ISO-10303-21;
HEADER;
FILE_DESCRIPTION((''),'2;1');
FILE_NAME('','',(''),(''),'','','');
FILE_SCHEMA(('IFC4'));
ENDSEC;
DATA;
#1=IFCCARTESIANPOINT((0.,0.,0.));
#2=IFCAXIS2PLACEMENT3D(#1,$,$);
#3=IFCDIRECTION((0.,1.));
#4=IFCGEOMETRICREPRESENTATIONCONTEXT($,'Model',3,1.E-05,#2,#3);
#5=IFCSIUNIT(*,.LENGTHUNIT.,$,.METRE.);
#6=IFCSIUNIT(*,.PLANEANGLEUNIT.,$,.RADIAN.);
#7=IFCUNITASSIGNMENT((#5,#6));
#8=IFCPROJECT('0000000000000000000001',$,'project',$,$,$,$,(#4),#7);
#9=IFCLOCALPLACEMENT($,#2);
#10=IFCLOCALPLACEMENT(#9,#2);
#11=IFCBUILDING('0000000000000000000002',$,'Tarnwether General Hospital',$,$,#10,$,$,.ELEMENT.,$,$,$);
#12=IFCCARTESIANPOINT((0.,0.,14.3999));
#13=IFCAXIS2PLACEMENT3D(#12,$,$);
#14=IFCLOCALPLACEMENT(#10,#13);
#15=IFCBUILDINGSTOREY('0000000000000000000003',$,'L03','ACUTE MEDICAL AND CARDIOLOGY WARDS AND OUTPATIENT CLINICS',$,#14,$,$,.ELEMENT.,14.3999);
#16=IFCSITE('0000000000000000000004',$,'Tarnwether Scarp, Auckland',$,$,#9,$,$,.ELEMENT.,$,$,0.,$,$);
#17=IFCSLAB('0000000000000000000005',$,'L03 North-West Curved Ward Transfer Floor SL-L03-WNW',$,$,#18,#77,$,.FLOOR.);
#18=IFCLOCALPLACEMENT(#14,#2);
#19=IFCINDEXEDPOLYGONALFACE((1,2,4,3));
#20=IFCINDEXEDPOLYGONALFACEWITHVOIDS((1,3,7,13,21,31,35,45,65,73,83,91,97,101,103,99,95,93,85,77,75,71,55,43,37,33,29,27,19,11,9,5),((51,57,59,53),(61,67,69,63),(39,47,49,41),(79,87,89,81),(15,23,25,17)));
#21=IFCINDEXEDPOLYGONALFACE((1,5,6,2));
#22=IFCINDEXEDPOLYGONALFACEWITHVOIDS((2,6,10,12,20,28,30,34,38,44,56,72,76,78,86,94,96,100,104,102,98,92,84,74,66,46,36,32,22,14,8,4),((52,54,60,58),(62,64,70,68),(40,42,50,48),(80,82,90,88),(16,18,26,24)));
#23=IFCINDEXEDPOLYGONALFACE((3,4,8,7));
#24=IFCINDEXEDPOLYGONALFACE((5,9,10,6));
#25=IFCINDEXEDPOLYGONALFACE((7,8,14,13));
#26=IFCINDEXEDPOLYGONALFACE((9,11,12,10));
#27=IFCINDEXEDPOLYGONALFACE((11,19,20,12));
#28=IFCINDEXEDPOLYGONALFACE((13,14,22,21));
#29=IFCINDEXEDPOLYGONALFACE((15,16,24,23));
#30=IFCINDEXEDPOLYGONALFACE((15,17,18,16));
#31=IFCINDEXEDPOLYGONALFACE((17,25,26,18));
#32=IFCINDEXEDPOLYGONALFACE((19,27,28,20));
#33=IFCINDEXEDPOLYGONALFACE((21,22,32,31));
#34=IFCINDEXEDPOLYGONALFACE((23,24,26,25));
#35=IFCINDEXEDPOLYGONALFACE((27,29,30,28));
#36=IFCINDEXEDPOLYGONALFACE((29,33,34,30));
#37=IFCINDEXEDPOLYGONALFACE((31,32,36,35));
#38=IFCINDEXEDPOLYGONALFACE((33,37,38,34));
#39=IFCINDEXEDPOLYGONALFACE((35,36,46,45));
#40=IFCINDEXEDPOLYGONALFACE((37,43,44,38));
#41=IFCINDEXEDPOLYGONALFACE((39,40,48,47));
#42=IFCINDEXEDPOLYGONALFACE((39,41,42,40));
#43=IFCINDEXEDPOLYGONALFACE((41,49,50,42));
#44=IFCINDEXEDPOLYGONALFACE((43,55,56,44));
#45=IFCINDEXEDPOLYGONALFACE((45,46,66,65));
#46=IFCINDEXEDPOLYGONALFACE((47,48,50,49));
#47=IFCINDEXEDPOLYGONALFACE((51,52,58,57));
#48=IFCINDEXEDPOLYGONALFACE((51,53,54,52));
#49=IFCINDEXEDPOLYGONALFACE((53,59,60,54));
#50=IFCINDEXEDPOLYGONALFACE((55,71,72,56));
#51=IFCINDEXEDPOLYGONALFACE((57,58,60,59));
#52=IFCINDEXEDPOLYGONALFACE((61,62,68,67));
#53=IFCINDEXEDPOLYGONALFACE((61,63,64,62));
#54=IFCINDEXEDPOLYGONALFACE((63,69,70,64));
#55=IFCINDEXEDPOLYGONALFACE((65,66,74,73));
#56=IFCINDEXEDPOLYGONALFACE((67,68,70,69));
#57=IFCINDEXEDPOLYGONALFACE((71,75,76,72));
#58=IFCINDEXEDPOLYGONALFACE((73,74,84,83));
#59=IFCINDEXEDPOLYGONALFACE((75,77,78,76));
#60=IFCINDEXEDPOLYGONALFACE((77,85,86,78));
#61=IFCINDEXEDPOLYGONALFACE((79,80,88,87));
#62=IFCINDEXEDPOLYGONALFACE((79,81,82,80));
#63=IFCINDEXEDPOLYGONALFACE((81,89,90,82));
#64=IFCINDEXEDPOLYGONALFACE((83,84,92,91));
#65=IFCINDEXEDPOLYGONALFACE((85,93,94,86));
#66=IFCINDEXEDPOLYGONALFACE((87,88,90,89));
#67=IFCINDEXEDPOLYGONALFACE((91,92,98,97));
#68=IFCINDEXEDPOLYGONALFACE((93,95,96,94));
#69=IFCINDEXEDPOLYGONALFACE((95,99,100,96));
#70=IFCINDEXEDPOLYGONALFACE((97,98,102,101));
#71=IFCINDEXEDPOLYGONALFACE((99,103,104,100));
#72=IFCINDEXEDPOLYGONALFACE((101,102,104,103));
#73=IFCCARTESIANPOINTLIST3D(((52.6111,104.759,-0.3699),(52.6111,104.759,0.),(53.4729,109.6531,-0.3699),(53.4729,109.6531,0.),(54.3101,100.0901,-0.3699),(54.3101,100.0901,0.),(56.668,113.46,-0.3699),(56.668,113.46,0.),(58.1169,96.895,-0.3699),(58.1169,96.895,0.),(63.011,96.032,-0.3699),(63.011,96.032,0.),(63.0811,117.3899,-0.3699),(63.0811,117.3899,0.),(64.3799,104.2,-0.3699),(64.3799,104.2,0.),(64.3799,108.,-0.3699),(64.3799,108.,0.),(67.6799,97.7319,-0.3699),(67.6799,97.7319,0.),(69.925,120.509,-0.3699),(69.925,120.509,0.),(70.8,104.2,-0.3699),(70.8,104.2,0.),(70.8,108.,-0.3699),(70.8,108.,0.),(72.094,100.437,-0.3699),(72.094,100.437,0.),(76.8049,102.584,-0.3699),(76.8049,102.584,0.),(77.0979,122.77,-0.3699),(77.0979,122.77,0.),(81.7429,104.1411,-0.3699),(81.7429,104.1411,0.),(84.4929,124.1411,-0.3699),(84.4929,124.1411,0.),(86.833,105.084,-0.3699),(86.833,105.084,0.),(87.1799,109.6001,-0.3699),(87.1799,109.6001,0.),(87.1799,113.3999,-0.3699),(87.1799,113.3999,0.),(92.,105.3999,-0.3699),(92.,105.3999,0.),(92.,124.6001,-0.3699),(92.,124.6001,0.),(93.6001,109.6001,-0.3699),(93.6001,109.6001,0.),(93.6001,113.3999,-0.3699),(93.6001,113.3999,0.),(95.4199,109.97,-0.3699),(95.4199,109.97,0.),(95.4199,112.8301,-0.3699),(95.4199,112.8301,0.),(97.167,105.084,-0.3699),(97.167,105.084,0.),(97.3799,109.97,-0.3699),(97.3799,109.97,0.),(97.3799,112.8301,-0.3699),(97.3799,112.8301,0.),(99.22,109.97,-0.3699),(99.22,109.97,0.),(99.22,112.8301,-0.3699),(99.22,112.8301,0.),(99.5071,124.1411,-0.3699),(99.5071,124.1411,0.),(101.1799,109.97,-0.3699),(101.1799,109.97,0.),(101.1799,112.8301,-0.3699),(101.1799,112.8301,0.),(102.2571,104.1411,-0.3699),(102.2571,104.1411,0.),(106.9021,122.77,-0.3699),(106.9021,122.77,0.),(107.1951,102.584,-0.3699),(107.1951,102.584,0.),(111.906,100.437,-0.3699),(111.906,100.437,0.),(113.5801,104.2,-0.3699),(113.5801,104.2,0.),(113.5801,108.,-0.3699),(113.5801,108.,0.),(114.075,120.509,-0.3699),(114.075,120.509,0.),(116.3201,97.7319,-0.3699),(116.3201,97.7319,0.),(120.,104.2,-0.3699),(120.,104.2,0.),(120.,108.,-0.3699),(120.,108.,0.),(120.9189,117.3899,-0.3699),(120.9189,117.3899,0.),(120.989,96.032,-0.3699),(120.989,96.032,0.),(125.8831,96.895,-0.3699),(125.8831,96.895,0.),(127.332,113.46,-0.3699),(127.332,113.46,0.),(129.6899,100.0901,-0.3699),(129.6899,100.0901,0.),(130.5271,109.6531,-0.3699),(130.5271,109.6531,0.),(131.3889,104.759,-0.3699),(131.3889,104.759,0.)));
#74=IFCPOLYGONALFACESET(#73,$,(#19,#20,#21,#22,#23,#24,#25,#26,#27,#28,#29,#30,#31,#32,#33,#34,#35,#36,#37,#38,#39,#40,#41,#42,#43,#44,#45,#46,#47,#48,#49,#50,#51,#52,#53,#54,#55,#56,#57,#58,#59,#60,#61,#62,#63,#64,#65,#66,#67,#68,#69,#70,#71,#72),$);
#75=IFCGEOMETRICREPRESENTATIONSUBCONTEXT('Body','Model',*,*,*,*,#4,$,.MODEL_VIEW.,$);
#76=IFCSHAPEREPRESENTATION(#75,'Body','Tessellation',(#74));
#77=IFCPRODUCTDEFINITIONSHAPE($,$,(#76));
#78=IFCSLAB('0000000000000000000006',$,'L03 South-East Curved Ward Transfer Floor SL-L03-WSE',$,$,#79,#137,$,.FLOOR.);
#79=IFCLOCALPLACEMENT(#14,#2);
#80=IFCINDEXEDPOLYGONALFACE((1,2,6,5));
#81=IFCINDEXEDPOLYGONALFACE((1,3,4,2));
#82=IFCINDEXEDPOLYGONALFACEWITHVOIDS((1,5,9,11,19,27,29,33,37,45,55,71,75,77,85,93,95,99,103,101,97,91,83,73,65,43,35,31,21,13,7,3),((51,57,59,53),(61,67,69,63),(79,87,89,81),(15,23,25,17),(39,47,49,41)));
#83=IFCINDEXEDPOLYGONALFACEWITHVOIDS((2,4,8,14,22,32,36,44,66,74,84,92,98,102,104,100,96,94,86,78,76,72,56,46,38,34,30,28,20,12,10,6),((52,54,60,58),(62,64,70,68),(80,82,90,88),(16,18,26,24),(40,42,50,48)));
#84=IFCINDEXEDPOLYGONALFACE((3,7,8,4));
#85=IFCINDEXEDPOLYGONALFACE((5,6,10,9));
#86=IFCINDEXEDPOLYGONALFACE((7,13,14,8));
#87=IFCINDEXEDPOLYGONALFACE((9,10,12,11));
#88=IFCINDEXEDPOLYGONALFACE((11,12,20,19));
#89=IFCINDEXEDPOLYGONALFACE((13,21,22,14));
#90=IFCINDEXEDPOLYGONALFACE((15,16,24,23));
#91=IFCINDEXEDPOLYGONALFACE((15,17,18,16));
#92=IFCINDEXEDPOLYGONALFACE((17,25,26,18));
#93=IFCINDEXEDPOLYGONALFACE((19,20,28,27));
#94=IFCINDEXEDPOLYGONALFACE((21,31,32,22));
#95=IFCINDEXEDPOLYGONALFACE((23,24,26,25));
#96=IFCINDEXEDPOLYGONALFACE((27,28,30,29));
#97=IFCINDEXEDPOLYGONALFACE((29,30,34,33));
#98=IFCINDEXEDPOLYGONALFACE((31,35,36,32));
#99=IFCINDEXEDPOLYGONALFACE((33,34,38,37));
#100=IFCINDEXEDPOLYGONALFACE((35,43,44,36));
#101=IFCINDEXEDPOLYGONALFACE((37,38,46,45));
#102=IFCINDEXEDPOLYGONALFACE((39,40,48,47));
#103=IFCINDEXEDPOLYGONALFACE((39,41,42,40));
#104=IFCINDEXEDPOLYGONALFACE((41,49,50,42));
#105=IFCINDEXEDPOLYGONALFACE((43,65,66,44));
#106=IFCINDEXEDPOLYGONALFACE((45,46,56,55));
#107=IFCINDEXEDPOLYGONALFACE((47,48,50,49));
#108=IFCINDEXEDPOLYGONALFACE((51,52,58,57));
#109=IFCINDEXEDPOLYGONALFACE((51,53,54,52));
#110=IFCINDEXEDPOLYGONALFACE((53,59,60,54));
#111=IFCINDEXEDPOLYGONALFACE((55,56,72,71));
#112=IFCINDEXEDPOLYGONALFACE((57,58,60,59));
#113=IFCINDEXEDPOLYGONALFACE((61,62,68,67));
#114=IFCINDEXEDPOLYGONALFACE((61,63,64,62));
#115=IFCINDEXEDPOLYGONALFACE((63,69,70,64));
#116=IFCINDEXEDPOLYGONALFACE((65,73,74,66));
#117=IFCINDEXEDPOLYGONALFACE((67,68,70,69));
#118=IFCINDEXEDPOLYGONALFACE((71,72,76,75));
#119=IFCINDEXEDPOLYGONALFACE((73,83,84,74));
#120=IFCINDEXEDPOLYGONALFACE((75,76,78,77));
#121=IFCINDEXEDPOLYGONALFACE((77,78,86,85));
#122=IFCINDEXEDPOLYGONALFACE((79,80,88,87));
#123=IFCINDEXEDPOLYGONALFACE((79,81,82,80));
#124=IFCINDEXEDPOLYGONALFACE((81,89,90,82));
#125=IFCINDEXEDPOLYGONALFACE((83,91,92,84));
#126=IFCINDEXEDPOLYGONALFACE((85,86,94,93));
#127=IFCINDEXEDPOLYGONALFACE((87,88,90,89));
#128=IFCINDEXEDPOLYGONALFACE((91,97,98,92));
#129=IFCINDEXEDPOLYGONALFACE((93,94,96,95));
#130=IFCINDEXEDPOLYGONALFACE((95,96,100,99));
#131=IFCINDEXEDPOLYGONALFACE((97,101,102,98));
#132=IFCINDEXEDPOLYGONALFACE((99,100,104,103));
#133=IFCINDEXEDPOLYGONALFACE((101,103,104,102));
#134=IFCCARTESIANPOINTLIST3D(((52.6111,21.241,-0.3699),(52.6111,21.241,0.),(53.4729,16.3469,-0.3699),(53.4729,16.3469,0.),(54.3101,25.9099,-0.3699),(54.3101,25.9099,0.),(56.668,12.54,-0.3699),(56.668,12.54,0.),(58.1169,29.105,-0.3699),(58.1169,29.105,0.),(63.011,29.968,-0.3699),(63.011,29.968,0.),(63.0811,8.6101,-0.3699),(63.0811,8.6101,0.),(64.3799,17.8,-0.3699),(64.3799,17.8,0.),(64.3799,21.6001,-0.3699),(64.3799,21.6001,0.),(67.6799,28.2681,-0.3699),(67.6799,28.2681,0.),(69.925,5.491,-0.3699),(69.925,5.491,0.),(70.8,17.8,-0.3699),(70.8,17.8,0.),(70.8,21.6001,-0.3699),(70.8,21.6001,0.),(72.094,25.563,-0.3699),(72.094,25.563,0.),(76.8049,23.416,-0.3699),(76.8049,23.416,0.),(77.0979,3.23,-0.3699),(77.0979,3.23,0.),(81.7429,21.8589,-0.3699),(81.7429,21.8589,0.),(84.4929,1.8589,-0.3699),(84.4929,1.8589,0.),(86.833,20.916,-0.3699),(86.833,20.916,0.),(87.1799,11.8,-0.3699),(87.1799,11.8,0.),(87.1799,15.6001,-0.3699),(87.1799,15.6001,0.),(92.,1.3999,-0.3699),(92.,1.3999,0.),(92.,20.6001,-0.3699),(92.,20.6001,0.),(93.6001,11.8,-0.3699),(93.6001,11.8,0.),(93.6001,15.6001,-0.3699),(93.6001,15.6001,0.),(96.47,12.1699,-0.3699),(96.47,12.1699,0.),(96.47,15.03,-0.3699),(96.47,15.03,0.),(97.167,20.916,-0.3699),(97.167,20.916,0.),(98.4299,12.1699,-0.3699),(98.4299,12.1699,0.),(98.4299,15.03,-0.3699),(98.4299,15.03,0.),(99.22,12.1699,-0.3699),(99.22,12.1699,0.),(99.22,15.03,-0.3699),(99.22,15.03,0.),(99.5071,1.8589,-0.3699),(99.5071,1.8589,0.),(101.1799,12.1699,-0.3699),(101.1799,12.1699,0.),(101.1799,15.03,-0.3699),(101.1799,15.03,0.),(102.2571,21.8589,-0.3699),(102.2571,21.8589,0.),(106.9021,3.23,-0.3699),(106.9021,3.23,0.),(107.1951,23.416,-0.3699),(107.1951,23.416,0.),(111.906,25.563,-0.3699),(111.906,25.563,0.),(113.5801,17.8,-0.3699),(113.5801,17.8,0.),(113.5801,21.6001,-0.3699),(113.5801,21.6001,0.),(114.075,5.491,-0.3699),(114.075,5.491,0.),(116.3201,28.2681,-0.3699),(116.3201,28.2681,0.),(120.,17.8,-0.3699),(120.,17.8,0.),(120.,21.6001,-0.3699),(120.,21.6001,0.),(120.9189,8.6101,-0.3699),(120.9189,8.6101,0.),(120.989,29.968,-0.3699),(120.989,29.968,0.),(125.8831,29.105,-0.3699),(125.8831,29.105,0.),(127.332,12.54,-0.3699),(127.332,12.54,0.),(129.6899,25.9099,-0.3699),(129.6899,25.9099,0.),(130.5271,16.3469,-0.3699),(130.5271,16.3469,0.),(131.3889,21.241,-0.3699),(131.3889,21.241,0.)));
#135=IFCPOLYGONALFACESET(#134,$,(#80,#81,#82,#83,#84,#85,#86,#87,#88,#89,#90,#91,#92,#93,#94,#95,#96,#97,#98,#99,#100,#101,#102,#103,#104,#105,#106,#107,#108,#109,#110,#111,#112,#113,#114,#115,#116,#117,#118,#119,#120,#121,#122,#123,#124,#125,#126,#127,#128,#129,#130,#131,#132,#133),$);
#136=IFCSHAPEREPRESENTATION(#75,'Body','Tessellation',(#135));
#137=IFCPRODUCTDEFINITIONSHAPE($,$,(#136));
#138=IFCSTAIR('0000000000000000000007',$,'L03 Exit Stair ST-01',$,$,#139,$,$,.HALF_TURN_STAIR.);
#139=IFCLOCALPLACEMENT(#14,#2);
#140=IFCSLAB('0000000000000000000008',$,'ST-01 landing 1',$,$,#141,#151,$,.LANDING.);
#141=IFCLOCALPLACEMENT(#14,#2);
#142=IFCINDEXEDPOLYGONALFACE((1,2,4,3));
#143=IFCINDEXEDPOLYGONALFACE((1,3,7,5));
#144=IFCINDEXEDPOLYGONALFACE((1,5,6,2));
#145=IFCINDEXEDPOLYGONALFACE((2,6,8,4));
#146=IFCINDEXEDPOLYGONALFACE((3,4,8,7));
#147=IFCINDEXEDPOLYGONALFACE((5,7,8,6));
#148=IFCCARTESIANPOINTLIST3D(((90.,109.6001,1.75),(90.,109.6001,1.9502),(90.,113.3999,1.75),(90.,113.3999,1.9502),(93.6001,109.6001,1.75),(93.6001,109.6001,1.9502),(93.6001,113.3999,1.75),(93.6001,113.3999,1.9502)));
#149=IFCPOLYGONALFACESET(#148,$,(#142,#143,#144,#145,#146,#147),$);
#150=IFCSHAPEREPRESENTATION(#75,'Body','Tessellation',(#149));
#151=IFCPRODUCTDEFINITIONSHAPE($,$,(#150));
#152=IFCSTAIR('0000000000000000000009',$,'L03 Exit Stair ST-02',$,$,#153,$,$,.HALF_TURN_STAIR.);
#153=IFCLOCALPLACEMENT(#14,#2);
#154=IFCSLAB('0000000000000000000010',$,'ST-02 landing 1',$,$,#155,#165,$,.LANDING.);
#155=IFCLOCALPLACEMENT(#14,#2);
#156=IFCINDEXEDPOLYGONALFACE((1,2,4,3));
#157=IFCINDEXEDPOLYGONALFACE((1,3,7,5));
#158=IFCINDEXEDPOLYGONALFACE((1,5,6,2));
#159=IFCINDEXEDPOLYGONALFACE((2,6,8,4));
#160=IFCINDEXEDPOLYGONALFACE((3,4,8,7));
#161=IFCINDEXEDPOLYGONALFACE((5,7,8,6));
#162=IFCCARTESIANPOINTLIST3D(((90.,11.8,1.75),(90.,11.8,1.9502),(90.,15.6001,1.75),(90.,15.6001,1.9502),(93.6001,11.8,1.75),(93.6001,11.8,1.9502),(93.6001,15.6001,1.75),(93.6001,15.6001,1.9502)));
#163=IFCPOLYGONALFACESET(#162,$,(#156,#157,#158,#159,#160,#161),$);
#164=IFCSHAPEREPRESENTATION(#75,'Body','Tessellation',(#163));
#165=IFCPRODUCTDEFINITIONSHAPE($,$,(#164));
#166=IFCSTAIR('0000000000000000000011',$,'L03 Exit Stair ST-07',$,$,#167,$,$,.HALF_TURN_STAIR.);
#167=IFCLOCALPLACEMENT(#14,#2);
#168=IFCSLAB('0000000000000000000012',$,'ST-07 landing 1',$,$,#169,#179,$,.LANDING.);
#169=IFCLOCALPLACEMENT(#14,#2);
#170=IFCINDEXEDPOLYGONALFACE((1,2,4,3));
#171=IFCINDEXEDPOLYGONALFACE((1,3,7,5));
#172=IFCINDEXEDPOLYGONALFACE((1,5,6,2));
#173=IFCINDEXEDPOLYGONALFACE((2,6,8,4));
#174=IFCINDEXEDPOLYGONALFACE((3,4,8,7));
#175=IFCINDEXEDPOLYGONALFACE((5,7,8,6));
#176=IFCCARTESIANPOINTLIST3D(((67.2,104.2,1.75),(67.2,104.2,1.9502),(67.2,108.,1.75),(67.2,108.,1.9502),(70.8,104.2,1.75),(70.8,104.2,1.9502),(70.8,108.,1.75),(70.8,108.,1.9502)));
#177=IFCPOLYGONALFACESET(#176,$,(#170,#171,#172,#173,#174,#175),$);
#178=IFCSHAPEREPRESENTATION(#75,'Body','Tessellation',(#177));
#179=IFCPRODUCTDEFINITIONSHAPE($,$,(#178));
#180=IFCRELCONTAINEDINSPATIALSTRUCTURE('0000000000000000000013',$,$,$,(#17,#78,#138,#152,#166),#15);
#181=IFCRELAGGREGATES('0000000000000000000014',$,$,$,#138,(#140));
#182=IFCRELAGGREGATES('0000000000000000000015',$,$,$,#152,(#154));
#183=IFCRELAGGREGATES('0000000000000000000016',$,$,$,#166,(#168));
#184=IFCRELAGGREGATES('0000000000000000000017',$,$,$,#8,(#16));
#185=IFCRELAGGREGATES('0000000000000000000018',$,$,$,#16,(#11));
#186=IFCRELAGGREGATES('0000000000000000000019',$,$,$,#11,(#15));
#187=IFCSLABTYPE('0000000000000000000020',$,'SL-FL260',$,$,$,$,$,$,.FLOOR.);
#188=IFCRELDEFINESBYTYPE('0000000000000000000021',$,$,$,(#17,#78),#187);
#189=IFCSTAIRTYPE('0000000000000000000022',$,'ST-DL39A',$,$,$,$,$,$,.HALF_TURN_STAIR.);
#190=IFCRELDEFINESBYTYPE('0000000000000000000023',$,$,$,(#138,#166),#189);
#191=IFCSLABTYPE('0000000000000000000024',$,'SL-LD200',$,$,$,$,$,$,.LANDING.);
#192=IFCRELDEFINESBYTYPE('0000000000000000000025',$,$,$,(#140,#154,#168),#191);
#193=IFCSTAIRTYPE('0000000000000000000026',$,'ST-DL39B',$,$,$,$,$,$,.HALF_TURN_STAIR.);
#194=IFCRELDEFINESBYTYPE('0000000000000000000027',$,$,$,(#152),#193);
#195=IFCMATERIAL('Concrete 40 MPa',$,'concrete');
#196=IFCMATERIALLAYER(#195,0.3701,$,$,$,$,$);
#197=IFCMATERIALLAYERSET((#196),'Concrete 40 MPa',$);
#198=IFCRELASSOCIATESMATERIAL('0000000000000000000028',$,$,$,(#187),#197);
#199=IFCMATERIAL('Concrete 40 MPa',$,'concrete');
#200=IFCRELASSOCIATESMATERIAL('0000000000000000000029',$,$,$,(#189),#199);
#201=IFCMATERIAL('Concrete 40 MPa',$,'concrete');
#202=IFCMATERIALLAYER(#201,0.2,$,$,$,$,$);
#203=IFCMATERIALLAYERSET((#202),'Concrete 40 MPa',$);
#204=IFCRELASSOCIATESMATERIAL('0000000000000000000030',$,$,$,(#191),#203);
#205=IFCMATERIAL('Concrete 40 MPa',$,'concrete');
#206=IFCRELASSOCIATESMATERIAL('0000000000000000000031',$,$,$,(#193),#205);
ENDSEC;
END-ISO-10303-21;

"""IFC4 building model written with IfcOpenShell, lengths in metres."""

from ifc_helpers import new_model, si_unit, direction, frame, origin, place, context, subcontext, project, spatial, polyline, outline, extrude, material, layer, layer_set, type_object, element, aggregate, save


model = new_model("IFC4")

# Units and contexts
model_context = context("Model", 3, precision=1e-05, world=origin(), true_north=direction((0.0, 1.0)))
body_context = subcontext(model_context, "Body", "Model", "MODEL_VIEW")
ifc_project = project(units=[si_unit("LENGTHUNIT", "METRE"), si_unit("PLANEANGLEUNIT", "RADIAN")], contexts=[model_context])

# Site, building, storey
site_placement = place(None, origin())
site = spatial("IfcSite", under=ifc_project, at=site_placement, Name="Tarnwether Scarp, Auckland", CompositionType="ELEMENT", RefElevation=0.0)
building_placement = place(site_placement, origin())
building = spatial("IfcBuilding", under=site, at=building_placement, Name="Tarnwether General Hospital", CompositionType="ELEMENT")
storey_placement = place(building_placement, frame((0.0, 0.0, 14.3999)))
storey = spatial("IfcBuildingStorey", under=building, at=storey_placement, Name="L03", Description="ACUTE MEDICAL AND CARDIOLOGY WARDS AND OUTPATIENT CLINICS", CompositionType="ELEMENT", Elevation=14.3999)

# Slabs
ifc_material_1 = material(Name="Concrete 40 MPa", Category="concrete")
ifc_layer_1 = layer(ifc_material_1, 0.3701)
ifc_layer_set_1 = layer_set([ifc_layer_1], Name="Concrete 40 MPa")
slab_type_1 = type_object("IfcSlabType", Name="SL-FL260", PredefinedType="FLOOR", material=ifc_layer_set_1)
slab_1_placement = place(storey_placement, frame((0.0, 0.0, -0.3699)))
element("IfcSlab", 1, at=slab_1_placement, inside=storey, type_object=slab_type_1, Name="L03 North-West Curved Ward Transfer Floor SL-L03-WNW", PredefinedType="FLOOR", context=body_context, shape_type="SweptSolid", body=[
    extrude(outline(polyline([(56.668, 113.46), (63.0811, 117.3899), (69.925, 120.509), (77.0979, 122.77), (84.4929, 124.1411), (92.0, 124.6001), (99.5071, 124.1411), (106.9021, 122.77), (114.075, 120.509), (120.9189, 117.3899), (127.332, 113.46), (130.5271, 109.6531), (131.3889, 104.759), (129.6899, 100.0901), (125.8831, 96.895), (120.989, 96.032), (116.3201, 97.7319), (111.906, 100.437), (107.1951, 102.584), (102.2571, 104.1411), (97.167, 105.084), (92.0, 105.3999), (86.833, 105.084), (81.7429, 104.1411), (76.8049, 102.584), (72.094, 100.437), (67.6799, 97.7319), (63.011, 96.032), (58.1169, 96.895), (54.3101, 100.0901), (52.6111, 104.759), (53.4729, 109.6531), (56.668, 113.46)]), holes=[polyline([(70.8, 108.0), (64.3799, 108.0), (64.3799, 104.2), (70.8, 104.2), (70.8, 108.0)]), polyline([(97.3799, 112.8301), (95.4199, 112.8301), (95.4199, 109.97), (97.3799, 109.97), (97.3799, 112.8301)]), polyline([(101.1799, 112.8301), (99.22, 112.8301), (99.22, 109.97), (101.1799, 109.97), (101.1799, 112.8301)]), polyline([(93.6001, 113.3999), (87.1799, 113.3999), (87.1799, 109.6001), (93.6001, 109.6001), (93.6001, 113.3999)]), polyline([(120.0, 108.0), (113.5801, 108.0), (113.5801, 104.2), (120.0, 104.2), (120.0, 108.0)])]), origin(), (0.0, 0.0, 1.0), 0.3699),
])
slab_2_placement = place(storey_placement, frame((0.0, 0.0, -0.3699)))
element("IfcSlab", 2, at=slab_2_placement, inside=storey, type_object=slab_type_1, Name="L03 South-East Curved Ward Transfer Floor SL-L03-WSE", PredefinedType="FLOOR", context=body_context, shape_type="SweptSolid", body=[
    extrude(outline(polyline([(53.4729, 16.3469), (52.6111, 21.241), (54.3101, 25.9099), (58.1169, 29.105), (63.011, 29.968), (67.6799, 28.2681), (72.094, 25.563), (76.8049, 23.416), (81.7429, 21.8589), (86.833, 20.916), (92.0, 20.6001), (97.167, 20.916), (102.2571, 21.8589), (107.1951, 23.416), (111.906, 25.563), (116.3201, 28.2681), (120.989, 29.968), (125.8831, 29.105), (129.6899, 25.9099), (131.3889, 21.241), (130.5271, 16.3469), (127.332, 12.54), (120.9189, 8.6101), (114.075, 5.491), (106.9021, 3.23), (99.5071, 1.8589), (92.0, 1.3999), (84.4929, 1.8589), (77.0979, 3.23), (69.925, 5.491), (63.0811, 8.6101), (56.668, 12.54), (53.4729, 16.3469)]), holes=[polyline([(96.47, 15.03), (96.47, 12.1699), (98.4299, 12.1699), (98.4299, 15.03), (96.47, 15.03)]), polyline([(93.6001, 15.6001), (87.1799, 15.6001), (87.1799, 11.8), (93.6001, 11.8), (93.6001, 15.6001)]), polyline([(70.8, 21.6001), (64.3799, 21.6001), (64.3799, 17.8), (70.8, 17.8), (70.8, 21.6001)]), polyline([(99.22, 15.03), (99.22, 12.1699), (101.1799, 12.1699), (101.1799, 15.03), (99.22, 15.03)]), polyline([(120.0, 21.6001), (113.5801, 21.6001), (113.5801, 17.8), (120.0, 17.8), (120.0, 21.6001)])]), origin(), (0.0, 0.0, 1.0), 0.3699),
])

# Stairs, slabs
ifc_material_2 = material(Name="Concrete 40 MPa", Category="concrete")
stair_type_1 = type_object("IfcStairType", Name="ST-DL39A", PredefinedType="HALF_TURN_STAIR", material=ifc_material_2)
stair_1_placement = place(storey_placement, origin())
stair_1 = element("IfcStair", 3, at=stair_1_placement, inside=storey, type_object=stair_type_1, Name="L03 Exit Stair ST-01", PredefinedType="HALF_TURN_STAIR")
ifc_material_3 = material(Name="Concrete 40 MPa", Category="concrete")
ifc_layer_2 = layer(ifc_material_3, 0.2)
ifc_layer_set_2 = layer_set([ifc_layer_2], Name="Concrete 40 MPa")
slab_type_2 = type_object("IfcSlabType", Name="SL-LD200", PredefinedType="LANDING", material=ifc_layer_set_2)
slab_3_placement = place(storey_placement, frame((0.0, 0.0, 1.75)))
slab_3 = element("IfcSlab", 4, at=slab_3_placement, type_object=slab_type_2, Name="ST-01 landing 1", PredefinedType="LANDING", context=body_context, shape_type="SweptSolid", body=[
    extrude(outline(polyline([(90.0, 109.6001), (93.6001, 109.6001), (93.6001, 113.3999), (90.0, 113.3999), (90.0, 109.6001)])), origin(), (0.0, 0.0, 1.0), 0.2002),
])
aggregate(stair_1, [slab_3])
ifc_material_4 = material(Name="Concrete 40 MPa", Category="concrete")
stair_type_2 = type_object("IfcStairType", Name="ST-DL39B", PredefinedType="HALF_TURN_STAIR", material=ifc_material_4)
stair_2_placement = place(storey_placement, origin())
stair_2 = element("IfcStair", 5, at=stair_2_placement, inside=storey, type_object=stair_type_2, Name="L03 Exit Stair ST-02", PredefinedType="HALF_TURN_STAIR")
slab_4_placement = place(storey_placement, frame((0.0, 0.0, 1.75)))
slab_4 = element("IfcSlab", 6, at=slab_4_placement, type_object=slab_type_2, Name="ST-02 landing 1", PredefinedType="LANDING", context=body_context, shape_type="SweptSolid", body=[
    extrude(outline(polyline([(90.0, 11.8), (93.6001, 11.8), (93.6001, 15.6001), (90.0, 15.6001), (90.0, 11.8)])), origin(), (0.0, 0.0, 1.0), 0.2002),
])
aggregate(stair_2, [slab_4])
stair_3_placement = place(storey_placement, origin())
stair_3 = element("IfcStair", 7, at=stair_3_placement, inside=storey, type_object=stair_type_1, Name="L03 Exit Stair ST-07", PredefinedType="HALF_TURN_STAIR")
slab_5_placement = place(storey_placement, frame((0.0, 0.0, 1.75)))
slab_5 = element("IfcSlab", 8, at=slab_5_placement, type_object=slab_type_2, Name="ST-07 landing 1", PredefinedType="LANDING", context=body_context, shape_type="SweptSolid", body=[
    extrude(outline(polyline([(67.2, 104.2), (70.8, 104.2), (70.8, 108.0), (67.2, 108.0), (67.2, 104.2)])), origin(), (0.0, 0.0, 1.0), 0.2002),
])
aggregate(stair_3, [slab_5])

save(model, "model.ifc")
